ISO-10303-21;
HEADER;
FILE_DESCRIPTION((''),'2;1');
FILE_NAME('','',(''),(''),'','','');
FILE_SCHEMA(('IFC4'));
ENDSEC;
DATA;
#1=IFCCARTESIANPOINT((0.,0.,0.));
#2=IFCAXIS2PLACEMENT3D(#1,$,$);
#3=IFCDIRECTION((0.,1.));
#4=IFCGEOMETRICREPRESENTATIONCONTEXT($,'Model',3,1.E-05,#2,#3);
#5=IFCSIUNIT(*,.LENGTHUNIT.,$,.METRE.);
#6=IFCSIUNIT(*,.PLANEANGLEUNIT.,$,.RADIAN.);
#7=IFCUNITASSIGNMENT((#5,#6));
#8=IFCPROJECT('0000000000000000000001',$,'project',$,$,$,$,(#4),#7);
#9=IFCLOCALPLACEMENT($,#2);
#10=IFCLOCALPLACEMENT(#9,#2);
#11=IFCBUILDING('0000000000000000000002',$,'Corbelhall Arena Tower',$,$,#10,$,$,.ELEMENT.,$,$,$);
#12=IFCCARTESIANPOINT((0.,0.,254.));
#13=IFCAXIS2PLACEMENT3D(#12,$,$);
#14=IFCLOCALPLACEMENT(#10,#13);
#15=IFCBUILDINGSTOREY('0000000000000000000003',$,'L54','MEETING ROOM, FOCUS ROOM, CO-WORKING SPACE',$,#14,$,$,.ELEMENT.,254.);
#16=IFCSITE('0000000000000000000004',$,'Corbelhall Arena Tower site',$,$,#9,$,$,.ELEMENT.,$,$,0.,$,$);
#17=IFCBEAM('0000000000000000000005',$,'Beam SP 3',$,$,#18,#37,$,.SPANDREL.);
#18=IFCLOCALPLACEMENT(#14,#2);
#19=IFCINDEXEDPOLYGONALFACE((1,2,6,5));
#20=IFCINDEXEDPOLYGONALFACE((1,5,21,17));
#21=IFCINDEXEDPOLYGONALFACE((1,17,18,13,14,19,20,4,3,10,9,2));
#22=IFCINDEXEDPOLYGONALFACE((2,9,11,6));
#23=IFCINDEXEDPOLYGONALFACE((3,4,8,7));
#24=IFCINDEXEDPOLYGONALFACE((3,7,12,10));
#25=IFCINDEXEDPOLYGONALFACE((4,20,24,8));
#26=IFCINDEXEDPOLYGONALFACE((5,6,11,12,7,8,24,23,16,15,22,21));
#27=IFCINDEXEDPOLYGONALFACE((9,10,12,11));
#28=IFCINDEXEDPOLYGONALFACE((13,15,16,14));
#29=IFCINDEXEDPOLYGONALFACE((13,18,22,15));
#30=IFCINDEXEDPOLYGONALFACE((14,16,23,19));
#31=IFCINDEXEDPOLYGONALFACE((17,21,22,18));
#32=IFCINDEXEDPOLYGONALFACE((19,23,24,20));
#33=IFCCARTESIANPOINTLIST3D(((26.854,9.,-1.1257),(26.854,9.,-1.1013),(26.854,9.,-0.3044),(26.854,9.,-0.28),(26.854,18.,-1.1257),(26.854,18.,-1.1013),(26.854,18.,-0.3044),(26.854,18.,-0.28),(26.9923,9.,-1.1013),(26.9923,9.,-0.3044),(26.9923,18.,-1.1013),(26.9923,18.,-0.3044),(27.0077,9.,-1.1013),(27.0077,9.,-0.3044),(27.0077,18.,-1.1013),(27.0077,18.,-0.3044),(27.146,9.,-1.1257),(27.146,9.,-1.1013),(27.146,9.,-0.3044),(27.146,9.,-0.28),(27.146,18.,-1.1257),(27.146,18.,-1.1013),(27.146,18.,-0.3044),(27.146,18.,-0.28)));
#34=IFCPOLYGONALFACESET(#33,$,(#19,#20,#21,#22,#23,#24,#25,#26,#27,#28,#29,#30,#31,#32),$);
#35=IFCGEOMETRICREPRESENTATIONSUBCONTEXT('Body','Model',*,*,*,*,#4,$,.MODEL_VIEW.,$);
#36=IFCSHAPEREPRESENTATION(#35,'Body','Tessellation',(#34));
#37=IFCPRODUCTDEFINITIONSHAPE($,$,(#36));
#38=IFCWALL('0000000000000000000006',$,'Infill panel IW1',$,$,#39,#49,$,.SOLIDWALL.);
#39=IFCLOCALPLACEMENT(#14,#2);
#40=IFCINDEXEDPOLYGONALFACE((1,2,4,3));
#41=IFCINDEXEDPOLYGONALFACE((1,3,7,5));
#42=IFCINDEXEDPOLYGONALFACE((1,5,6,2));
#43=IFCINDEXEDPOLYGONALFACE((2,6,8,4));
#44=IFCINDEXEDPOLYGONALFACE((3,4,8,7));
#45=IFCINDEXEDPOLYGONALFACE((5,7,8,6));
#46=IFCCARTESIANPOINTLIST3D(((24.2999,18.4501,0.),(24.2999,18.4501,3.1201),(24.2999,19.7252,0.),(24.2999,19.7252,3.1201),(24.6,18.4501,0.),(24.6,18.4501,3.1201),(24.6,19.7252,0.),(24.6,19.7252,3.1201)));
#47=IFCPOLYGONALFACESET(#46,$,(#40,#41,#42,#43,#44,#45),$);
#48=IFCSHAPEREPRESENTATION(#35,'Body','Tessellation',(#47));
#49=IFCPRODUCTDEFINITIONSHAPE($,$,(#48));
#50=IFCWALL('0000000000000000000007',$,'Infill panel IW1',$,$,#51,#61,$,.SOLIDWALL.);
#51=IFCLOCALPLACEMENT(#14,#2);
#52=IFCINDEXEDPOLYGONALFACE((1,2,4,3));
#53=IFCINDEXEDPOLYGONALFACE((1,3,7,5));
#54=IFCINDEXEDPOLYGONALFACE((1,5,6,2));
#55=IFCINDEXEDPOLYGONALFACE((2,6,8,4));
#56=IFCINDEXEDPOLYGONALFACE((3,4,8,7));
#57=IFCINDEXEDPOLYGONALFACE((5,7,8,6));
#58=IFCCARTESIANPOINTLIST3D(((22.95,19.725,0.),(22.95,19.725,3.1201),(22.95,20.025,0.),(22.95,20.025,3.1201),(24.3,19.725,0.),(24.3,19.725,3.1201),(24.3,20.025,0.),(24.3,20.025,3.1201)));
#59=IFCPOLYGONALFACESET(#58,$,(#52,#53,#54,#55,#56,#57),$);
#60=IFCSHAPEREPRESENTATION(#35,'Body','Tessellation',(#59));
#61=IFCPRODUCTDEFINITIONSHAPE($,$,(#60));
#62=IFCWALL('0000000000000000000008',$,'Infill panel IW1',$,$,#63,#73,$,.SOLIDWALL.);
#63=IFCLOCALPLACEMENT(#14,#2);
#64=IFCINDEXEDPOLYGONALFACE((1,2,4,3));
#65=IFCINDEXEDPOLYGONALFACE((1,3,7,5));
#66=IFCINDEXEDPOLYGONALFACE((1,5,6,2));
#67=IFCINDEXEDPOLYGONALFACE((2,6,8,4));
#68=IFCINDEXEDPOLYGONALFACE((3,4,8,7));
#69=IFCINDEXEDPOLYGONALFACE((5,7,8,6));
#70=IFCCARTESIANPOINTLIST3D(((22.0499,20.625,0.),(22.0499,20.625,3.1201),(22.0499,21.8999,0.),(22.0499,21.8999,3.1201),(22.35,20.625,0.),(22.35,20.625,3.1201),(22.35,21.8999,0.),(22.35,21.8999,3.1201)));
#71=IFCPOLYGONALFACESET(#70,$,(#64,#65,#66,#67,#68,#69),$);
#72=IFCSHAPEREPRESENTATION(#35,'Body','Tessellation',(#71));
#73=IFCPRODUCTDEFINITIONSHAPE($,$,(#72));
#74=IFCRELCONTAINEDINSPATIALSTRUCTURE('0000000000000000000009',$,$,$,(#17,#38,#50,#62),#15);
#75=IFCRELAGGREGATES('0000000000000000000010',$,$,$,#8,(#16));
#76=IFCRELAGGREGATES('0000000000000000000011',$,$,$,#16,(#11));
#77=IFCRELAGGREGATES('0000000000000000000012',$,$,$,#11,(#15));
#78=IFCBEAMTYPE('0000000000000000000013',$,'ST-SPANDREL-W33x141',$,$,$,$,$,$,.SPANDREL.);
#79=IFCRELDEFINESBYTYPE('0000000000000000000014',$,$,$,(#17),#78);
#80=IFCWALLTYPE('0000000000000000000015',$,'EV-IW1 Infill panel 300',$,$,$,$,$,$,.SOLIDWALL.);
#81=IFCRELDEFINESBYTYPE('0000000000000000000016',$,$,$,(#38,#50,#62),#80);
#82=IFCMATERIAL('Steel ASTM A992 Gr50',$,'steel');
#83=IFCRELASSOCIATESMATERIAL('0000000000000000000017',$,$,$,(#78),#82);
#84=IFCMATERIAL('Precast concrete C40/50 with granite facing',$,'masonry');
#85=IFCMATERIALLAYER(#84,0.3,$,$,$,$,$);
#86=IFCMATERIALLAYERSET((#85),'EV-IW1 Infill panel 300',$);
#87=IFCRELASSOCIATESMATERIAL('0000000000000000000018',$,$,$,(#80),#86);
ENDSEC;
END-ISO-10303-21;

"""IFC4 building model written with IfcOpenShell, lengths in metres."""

from ifc_helpers import new_model, si_unit, direction, frame, frame_2d, origin, origin_2d, place, context, subcontext, project, spatial, rectangle, i_section, extrude, material, layer, layer_set, material_profile, profile_set, type_object, element, save


model = new_model("IFC4")

# Units and contexts
model_context = context("Model", 3, precision=1e-05, world=origin(), true_north=direction((0.0, 1.0)))
body_context = subcontext(model_context, "Body", "Model", "MODEL_VIEW")
ifc_project = project(units=[si_unit("LENGTHUNIT", "METRE"), si_unit("PLANEANGLEUNIT", "RADIAN")], contexts=[model_context])

# Site, building, storey
site_placement = place(None, origin())
site = spatial("IfcSite", under=ifc_project, at=site_placement, Name="Corbelhall Arena Tower site", CompositionType="ELEMENT", RefElevation=0.0)
building_placement = place(site_placement, origin())
building = spatial("IfcBuilding", under=site, at=building_placement, Name="Corbelhall Arena Tower", CompositionType="ELEMENT")
storey_placement = place(building_placement, frame((0.0, 0.0, 254.0)))
storey = spatial("IfcBuildingStorey", under=building, at=storey_placement, Name="L54", Description="MEETING ROOM, FOCUS ROOM, CO-WORKING SPACE", CompositionType="ELEMENT", Elevation=254.0)

# Beam
ifc_material_1 = material(Name="Steel ASTM A992 Gr50", Category="steel")
ifc_material_profile_1 = material_profile(ifc_material_1, i_section(OverallWidth=0.292, OverallDepth=0.8457, WebThickness=0.0154, FlangeThickness=0.0244, at=origin_2d()))
ifc_profile_set_1 = profile_set([ifc_material_profile_1], Name="Steel ASTM A992 Gr50")
beam_type_1 = type_object("IfcBeamType", Name="ST-SPANDREL-W33x141", PredefinedType="SPANDREL", material=ifc_profile_set_1)
beam_1_placement = place(storey_placement, frame((27.0, 18.0, -0.7029), z_axis=(0.0, -1.0, 0.0), x_axis=(1.0, 0.0, 0.0)))
element("IfcBeam", 1, at=beam_1_placement, inside=storey, type_object=beam_type_1, Name="Beam SP 3", PredefinedType="SPANDREL", context=body_context, shape_type="SweptSolid", body=[
    extrude(i_section(OverallWidth=0.292, OverallDepth=0.8457, WebThickness=0.0154, FlangeThickness=0.0244, at=origin_2d()), origin(), (0.0, 0.0, 1.0), 9.0),
])

# Walls
ifc_material_2 = material(Name="Precast concrete C40/50 with granite facing", Category="masonry")
ifc_layer_1 = layer(ifc_material_2, 0.3)
ifc_layer_set_1 = layer_set([ifc_layer_1], Name="EV-IW1 Infill panel 300")
wall_type_1 = type_object("IfcWallType", Name="EV-IW1 Infill panel 300", PredefinedType="SOLIDWALL", material=ifc_layer_set_1)
wall_1_placement = place(storey_placement, frame((24.45, 18.45, 0.0), z_axis=(0.0, 0.0, 1.0), x_axis=(0.0, 1.0, 0.0)))
element("IfcWall", 2, at=wall_1_placement, inside=storey, type_object=wall_type_1, Name="Infill panel IW1", PredefinedType="SOLIDWALL", context=body_context, shape_type="SweptSolid", body=[
    extrude(rectangle(XDim=1.2751, YDim=0.3, at=frame_2d((0.6377, 0.0))), origin(), (0.0, 0.0, 1.0), 3.1201),
])
wall_2_placement = place(storey_placement, frame((24.3, 19.875, 0.0), z_axis=(0.0, 0.0, 1.0), x_axis=(-1.0, 0.0, 0.0)))
element("IfcWall", 3, at=wall_2_placement, inside=storey, type_object=wall_type_1, Name="Infill panel IW1", PredefinedType="SOLIDWALL", context=body_context, shape_type="SweptSolid", body=[
    extrude(rectangle(XDim=1.3501, YDim=0.3, at=frame_2d((0.675, 0.0))), origin(), (0.0, 0.0, 1.0), 3.1201),
])
wall_3_placement = place(storey_placement, frame((22.2, 20.625, 0.0), z_axis=(0.0, 0.0, 1.0), x_axis=(0.0, 1.0, 0.0)))
element("IfcWall", 4, at=wall_3_placement, inside=storey, type_object=wall_type_1, Name="Infill panel IW1", PredefinedType="SOLIDWALL", context=body_context, shape_type="SweptSolid", body=[
    extrude(rectangle(XDim=1.2749, YDim=0.3, at=frame_2d((0.6375, 0.0))), origin(), (0.0, 0.0, 1.0), 3.1201),
])

save(model, "model.ifc")
